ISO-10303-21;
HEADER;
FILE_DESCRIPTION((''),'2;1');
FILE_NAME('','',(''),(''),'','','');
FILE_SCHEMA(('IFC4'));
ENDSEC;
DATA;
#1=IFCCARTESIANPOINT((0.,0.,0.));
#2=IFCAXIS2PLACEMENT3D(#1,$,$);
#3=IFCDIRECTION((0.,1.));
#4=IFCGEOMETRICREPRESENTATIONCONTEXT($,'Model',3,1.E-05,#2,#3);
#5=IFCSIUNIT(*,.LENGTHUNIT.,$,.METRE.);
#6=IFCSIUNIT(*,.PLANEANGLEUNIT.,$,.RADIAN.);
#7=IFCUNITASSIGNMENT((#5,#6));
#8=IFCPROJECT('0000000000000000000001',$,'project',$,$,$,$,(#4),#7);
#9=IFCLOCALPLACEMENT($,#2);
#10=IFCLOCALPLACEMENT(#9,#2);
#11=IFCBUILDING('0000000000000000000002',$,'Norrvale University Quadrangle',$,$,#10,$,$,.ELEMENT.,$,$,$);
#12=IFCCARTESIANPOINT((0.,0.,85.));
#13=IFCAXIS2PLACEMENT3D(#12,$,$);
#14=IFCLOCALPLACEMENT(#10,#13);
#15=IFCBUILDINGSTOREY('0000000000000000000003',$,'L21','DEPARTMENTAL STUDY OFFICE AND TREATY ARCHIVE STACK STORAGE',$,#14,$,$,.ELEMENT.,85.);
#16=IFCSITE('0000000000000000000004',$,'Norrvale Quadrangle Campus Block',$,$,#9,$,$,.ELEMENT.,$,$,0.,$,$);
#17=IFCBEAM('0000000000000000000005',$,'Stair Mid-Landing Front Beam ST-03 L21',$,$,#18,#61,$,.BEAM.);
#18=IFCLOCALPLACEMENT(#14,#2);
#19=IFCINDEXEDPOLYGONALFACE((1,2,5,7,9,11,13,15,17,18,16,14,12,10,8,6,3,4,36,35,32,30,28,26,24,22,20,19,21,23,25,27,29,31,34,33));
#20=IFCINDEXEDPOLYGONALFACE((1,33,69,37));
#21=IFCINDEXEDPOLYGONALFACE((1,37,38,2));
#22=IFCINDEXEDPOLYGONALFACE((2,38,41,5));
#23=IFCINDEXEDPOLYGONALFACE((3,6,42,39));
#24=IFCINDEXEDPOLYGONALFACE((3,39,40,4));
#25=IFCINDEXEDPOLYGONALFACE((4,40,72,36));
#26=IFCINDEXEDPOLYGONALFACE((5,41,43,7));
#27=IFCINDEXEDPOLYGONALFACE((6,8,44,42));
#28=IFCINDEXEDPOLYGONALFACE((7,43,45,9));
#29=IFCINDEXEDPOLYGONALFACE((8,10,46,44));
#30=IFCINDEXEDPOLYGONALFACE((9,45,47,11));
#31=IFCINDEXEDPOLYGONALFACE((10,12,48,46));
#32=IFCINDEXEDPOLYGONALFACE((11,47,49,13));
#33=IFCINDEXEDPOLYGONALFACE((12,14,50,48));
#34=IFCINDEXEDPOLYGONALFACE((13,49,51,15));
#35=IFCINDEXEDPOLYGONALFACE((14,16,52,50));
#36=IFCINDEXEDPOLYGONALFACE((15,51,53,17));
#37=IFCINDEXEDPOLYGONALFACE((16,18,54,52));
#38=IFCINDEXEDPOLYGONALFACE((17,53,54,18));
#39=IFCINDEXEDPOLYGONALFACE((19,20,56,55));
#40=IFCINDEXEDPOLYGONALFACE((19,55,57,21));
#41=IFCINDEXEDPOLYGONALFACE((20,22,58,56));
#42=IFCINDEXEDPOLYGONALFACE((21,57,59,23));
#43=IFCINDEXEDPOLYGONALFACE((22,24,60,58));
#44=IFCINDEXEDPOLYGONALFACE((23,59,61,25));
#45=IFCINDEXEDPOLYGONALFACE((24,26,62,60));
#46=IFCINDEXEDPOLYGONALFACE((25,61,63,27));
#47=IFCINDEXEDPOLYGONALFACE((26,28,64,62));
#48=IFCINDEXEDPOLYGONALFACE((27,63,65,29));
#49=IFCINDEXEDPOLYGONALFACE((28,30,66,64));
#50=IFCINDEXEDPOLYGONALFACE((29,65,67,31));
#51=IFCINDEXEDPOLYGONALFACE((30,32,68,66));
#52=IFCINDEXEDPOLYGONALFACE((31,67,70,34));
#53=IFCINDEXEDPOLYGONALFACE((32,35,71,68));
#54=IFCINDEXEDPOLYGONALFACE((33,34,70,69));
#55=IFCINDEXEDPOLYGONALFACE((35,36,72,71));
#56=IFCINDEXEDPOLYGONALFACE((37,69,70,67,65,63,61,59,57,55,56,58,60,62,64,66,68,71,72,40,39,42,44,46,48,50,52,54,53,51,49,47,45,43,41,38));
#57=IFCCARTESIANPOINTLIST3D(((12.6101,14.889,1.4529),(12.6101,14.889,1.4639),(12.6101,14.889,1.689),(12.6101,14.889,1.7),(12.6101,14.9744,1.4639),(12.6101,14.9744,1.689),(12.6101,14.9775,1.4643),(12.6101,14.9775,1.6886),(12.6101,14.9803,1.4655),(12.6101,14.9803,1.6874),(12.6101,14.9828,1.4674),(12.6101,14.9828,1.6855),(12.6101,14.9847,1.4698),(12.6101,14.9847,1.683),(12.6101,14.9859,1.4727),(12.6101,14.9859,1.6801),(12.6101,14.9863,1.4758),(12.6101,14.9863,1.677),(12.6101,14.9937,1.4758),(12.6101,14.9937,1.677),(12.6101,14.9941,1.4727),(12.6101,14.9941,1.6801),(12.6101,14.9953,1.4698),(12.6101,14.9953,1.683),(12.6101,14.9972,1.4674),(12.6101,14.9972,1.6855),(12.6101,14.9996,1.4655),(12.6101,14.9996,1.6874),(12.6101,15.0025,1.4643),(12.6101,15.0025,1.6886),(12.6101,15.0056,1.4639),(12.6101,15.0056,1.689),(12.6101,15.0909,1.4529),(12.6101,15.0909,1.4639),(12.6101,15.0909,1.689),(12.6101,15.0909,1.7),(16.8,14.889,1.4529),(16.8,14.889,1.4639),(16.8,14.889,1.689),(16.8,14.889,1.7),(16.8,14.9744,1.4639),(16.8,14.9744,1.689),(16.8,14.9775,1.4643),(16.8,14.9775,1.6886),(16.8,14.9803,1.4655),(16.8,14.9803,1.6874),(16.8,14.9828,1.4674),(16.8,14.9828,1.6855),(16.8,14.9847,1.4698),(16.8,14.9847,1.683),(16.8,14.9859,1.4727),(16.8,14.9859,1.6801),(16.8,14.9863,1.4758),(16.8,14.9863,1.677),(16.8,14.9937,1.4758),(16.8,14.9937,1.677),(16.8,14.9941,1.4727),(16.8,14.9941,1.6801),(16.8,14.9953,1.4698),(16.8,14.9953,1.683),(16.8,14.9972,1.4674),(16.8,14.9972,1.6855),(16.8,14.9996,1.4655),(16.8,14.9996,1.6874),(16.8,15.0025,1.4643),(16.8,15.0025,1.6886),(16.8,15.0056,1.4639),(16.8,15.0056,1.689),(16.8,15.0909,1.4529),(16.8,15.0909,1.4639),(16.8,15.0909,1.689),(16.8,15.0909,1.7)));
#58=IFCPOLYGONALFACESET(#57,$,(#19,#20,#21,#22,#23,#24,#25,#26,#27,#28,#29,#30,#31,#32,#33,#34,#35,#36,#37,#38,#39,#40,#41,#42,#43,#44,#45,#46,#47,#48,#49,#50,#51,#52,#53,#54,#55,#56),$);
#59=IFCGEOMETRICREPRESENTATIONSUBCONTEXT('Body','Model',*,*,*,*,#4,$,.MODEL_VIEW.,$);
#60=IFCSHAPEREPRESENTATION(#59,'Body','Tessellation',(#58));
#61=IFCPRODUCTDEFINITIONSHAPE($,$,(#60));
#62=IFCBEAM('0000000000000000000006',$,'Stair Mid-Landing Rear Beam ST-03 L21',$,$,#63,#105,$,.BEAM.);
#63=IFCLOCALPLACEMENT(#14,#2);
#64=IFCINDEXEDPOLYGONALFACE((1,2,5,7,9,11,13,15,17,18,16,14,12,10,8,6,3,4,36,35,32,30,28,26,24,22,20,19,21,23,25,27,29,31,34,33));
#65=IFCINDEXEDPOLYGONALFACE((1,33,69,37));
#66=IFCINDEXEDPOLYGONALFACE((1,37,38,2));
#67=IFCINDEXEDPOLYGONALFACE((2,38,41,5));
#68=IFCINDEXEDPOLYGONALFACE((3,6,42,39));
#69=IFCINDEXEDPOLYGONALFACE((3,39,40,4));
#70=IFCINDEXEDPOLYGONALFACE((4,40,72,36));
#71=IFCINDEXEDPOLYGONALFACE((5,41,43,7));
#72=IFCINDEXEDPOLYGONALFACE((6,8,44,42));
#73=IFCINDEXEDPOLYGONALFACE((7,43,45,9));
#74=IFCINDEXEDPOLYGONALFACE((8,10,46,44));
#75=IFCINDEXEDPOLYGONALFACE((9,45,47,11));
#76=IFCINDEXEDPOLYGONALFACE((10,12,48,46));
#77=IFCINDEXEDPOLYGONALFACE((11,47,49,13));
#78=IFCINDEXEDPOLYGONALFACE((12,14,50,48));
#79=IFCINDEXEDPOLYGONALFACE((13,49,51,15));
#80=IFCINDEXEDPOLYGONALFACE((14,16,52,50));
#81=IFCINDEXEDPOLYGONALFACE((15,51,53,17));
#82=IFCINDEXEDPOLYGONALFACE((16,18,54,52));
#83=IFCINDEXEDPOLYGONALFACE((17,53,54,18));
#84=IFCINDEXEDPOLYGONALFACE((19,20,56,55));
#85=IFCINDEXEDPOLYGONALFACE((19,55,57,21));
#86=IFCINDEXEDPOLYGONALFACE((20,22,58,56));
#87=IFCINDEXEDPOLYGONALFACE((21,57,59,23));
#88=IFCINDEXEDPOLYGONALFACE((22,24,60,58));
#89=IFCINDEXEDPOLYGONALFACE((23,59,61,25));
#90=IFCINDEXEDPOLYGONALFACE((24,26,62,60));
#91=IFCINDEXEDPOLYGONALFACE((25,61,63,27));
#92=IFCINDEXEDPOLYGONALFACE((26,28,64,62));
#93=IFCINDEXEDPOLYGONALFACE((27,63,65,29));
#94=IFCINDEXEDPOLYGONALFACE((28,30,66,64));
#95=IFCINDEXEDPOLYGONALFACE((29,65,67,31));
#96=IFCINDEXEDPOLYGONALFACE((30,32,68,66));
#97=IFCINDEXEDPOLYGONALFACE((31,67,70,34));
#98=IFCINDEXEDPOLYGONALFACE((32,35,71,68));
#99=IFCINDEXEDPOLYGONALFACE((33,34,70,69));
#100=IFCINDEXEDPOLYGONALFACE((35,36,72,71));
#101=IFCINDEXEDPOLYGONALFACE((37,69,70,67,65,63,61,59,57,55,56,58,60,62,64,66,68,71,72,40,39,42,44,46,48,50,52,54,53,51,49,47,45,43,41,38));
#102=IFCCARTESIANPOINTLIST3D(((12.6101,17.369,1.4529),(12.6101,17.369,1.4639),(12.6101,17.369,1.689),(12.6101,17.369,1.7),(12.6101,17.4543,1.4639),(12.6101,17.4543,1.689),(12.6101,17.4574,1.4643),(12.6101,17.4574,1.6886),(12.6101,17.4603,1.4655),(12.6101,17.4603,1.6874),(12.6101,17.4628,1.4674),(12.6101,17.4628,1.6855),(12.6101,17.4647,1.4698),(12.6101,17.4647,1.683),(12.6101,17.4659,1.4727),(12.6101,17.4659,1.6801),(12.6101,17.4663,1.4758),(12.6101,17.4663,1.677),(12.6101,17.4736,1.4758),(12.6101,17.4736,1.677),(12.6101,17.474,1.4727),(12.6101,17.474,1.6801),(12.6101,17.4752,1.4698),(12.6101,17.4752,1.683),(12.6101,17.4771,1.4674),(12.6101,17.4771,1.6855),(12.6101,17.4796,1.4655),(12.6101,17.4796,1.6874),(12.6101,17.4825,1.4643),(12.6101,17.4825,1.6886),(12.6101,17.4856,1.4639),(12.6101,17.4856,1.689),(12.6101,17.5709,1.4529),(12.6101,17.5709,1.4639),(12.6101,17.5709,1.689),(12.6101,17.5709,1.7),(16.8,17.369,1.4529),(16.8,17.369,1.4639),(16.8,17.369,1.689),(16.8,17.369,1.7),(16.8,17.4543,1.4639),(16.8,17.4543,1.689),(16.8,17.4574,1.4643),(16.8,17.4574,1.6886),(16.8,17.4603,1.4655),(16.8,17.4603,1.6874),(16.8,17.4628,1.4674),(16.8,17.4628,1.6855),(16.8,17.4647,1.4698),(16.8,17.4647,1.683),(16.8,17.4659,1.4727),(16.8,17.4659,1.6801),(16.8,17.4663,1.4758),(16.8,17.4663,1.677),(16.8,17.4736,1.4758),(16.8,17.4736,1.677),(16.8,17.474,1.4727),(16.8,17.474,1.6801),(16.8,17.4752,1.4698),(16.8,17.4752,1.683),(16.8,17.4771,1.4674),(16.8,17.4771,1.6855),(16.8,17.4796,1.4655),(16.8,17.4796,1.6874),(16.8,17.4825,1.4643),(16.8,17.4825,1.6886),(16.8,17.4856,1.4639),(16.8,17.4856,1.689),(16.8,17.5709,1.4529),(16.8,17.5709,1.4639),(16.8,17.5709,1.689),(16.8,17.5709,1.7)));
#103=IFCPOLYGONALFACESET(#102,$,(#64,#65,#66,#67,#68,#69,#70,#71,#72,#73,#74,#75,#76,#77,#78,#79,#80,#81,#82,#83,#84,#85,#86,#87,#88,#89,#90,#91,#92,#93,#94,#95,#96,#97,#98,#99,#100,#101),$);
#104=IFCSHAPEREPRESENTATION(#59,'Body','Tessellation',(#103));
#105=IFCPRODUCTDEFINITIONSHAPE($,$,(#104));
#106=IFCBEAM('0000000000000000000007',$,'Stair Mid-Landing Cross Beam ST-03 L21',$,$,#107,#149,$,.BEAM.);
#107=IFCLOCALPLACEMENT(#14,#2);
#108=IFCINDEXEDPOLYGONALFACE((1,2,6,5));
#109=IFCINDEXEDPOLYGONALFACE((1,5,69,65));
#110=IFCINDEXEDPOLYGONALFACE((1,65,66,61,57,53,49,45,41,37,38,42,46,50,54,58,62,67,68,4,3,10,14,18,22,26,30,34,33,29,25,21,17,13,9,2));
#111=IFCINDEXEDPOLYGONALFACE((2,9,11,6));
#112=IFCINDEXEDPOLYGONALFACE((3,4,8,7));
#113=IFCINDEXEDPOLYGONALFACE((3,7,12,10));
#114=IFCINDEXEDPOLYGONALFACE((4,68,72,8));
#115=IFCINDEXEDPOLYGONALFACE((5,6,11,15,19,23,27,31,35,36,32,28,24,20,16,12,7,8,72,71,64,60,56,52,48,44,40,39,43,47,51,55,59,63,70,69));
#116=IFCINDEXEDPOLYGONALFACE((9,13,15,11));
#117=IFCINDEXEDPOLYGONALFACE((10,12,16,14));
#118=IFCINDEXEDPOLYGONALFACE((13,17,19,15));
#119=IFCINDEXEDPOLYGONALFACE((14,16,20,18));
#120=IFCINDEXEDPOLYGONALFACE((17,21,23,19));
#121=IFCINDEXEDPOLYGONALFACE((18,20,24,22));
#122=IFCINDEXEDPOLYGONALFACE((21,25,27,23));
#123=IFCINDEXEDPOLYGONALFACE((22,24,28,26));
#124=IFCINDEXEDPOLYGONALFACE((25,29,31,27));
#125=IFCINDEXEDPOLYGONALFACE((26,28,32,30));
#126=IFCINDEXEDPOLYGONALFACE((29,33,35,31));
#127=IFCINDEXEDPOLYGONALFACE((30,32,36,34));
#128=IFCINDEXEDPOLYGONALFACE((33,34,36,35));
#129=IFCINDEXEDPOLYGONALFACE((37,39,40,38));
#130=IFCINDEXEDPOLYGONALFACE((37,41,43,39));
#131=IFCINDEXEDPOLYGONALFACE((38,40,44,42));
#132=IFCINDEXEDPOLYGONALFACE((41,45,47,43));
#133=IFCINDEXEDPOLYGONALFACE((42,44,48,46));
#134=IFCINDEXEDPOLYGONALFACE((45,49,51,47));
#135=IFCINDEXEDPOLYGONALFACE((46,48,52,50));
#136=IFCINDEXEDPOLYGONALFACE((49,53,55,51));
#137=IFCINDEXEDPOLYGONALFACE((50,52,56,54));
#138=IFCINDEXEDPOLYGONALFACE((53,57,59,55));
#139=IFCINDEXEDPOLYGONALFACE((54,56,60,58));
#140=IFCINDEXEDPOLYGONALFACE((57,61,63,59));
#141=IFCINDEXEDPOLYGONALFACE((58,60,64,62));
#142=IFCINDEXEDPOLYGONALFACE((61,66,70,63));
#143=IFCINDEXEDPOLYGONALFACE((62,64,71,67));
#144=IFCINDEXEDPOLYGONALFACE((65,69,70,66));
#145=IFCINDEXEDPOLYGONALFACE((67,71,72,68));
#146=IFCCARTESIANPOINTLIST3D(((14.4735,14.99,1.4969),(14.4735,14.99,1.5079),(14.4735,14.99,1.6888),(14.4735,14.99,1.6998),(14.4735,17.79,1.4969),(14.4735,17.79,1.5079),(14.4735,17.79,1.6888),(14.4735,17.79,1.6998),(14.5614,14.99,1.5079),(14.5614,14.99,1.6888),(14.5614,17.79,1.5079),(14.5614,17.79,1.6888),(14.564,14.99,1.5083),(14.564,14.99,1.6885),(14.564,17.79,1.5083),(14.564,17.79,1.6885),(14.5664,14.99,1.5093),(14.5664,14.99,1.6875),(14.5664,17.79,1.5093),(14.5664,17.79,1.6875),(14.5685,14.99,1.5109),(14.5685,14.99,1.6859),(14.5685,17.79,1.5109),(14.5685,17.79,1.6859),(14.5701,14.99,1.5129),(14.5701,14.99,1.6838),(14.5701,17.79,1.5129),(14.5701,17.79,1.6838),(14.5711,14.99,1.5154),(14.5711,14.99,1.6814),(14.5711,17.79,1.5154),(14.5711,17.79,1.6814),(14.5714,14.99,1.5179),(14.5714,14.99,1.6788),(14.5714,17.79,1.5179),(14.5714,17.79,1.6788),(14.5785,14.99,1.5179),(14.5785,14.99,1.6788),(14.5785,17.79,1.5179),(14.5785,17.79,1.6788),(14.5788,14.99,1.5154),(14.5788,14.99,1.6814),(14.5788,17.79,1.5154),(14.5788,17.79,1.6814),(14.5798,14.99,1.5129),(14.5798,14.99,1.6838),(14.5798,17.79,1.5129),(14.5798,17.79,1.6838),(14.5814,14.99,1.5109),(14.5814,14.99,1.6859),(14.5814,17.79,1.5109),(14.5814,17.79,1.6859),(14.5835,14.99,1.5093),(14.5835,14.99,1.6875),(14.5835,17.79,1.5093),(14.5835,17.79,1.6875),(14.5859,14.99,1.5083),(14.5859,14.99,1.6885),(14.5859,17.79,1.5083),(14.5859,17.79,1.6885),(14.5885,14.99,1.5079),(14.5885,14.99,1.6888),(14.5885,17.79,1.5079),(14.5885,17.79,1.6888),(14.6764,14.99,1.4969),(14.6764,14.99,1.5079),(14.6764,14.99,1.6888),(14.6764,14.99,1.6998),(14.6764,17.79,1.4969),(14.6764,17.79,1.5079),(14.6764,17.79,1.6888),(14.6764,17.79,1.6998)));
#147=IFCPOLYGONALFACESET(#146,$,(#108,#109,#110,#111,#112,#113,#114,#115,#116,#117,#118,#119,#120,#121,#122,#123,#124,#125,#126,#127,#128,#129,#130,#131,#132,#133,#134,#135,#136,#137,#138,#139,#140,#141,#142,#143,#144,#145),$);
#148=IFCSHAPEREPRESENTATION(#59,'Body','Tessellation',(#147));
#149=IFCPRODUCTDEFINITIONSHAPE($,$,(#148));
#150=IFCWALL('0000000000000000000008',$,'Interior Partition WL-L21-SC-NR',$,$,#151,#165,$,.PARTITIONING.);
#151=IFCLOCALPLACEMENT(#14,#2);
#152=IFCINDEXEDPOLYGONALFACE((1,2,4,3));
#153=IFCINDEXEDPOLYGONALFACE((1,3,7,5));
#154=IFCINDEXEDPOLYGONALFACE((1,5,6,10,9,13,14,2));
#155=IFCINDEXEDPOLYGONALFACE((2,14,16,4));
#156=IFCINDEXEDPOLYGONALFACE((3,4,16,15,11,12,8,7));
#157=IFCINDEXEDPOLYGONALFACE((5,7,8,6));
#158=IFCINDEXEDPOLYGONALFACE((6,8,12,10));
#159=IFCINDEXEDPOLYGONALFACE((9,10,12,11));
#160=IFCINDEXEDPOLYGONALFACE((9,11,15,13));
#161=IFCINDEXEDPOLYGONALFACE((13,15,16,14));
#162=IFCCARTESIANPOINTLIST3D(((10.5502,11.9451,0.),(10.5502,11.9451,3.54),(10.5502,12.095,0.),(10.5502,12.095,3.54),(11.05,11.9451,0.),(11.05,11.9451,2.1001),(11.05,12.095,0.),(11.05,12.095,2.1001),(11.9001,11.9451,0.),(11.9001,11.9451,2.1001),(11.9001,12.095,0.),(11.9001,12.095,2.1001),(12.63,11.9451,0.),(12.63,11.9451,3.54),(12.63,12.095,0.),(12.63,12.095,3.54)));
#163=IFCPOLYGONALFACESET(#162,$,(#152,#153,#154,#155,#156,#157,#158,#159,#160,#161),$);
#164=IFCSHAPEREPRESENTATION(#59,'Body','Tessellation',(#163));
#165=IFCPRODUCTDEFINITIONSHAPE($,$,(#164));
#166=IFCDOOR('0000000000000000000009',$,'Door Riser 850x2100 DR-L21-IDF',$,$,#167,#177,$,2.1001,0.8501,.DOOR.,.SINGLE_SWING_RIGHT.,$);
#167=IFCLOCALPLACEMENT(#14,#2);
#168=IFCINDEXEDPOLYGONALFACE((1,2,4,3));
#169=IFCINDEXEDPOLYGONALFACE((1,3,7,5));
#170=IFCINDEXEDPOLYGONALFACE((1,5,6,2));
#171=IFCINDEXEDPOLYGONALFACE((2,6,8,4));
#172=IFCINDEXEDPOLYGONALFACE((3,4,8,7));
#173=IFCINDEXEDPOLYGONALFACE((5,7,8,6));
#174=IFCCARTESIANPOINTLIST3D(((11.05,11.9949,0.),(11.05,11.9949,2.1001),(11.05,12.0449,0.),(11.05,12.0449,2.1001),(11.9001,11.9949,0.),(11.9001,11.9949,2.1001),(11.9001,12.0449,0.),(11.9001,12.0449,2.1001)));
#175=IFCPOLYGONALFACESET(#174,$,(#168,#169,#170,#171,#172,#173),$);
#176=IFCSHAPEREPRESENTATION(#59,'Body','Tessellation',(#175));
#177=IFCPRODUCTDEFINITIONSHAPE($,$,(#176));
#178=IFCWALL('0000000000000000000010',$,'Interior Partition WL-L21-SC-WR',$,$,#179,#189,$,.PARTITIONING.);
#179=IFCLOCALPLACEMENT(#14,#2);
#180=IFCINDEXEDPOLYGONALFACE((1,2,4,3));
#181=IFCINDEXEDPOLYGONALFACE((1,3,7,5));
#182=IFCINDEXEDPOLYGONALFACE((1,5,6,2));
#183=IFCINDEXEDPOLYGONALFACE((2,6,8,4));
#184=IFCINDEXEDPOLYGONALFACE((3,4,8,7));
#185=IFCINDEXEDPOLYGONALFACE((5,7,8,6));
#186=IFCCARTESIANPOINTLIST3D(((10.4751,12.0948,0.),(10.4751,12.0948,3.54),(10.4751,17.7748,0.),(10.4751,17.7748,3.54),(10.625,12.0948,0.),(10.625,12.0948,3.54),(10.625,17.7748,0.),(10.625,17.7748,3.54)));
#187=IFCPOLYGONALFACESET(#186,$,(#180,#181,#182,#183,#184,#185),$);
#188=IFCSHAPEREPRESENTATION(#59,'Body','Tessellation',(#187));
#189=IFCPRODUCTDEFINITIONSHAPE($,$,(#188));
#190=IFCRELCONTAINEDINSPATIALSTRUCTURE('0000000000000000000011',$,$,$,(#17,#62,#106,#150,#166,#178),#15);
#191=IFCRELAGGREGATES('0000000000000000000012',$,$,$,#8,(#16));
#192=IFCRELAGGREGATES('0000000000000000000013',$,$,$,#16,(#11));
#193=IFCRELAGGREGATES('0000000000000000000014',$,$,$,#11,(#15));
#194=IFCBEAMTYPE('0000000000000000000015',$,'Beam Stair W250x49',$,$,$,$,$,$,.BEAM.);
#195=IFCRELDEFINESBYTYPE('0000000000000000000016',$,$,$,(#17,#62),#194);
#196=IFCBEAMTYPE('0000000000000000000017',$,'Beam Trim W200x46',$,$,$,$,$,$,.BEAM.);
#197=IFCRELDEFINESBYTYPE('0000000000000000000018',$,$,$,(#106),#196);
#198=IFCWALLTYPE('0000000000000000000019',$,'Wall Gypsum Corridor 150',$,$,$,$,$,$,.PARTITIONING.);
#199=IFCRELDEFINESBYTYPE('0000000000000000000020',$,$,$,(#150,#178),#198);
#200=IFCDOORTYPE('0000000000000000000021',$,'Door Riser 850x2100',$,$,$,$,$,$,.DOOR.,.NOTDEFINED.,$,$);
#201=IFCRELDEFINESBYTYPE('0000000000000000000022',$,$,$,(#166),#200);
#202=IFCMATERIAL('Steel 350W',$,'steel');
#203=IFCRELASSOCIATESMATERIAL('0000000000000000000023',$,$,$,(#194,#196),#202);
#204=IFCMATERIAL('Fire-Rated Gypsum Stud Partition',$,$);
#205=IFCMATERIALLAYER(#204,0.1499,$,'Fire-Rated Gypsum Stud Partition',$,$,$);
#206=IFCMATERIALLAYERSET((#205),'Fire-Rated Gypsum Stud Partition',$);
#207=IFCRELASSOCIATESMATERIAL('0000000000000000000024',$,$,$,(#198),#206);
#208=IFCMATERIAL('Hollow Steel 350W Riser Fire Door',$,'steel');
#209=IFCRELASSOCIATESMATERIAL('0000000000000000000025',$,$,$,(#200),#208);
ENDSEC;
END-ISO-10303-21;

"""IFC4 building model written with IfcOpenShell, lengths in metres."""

from ifc_helpers import new_model, si_unit, direction, frame, frame_2d, origin, origin_2d, place, context, subcontext, project, spatial, rectangle, i_section, extrude, material, layer, layer_set, material_profile, profile_set, type_object, element, fill, save


model = new_model("IFC4")

# Units and contexts
model_context = context("Model", 3, precision=1e-05, world=origin(), true_north=direction((0.0, 1.0)))
body_context = subcontext(model_context, "Body", "Model", "MODEL_VIEW")
ifc_project = project(units=[si_unit("LENGTHUNIT", "METRE"), si_unit("PLANEANGLEUNIT", "RADIAN")], contexts=[model_context])

# Site, building, storey
site_placement = place(None, origin())
site = spatial("IfcSite", under=ifc_project, at=site_placement, Name="Norrvale Quadrangle Campus Block", CompositionType="ELEMENT", RefElevation=0.0)
building_placement = place(site_placement, origin())
building = spatial("IfcBuilding", under=site, at=building_placement, Name="Norrvale University Quadrangle", CompositionType="ELEMENT")
storey_placement = place(building_placement, frame((0.0, 0.0, 85.0)))
storey = spatial("IfcBuildingStorey", under=building, at=storey_placement, Name="L21", Description="DEPARTMENTAL STUDY OFFICE AND TREATY ARCHIVE STACK STORAGE", CompositionType="ELEMENT", Elevation=85.0)

# Beams
ifc_material_1 = material(Name="Steel 350W", Category="steel")
ifc_material_profile_1 = material_profile(ifc_material_1, i_section(OverallWidth=0.2019, OverallDepth=0.2471, WebThickness=0.0073, FlangeThickness=0.011, FilletRadius=0.012, at=origin_2d()), Name="Steel 350W")
ifc_profile_set_1 = profile_set([ifc_material_profile_1], Name="Steel 350W")
beam_type_1 = type_object("IfcBeamType", Name="Beam Stair W250x49", PredefinedType="BEAM", material=ifc_profile_set_1)
for number, where, z_axis, x_axis, name in (
    (1, (12.6101, 14.99, 1.5764), (1.0, 0.0, 0.0), (0.0, 1.0, 0.0), "Stair Mid-Landing Front Beam ST-03 L21"),
    (2, (12.6101, 17.47, 1.5764), (1.0, 0.0, 0.0), (0.0, 1.0, 0.0), "Stair Mid-Landing Rear Beam ST-03 L21"),
):
    element("IfcBeam", number, at=place(storey_placement, frame(where, z_axis=z_axis, x_axis=x_axis)), inside=storey, type_object=beam_type_1, Name=name, PredefinedType="BEAM", context=body_context, shape_type="SweptSolid", body=[
        extrude(i_section(OverallWidth=0.2019, OverallDepth=0.2471, WebThickness=0.0073, FlangeThickness=0.011, FilletRadius=0.012, at=origin_2d()), origin(), (0.0, 0.0, 1.0), 4.1899),
    ])
ifc_material_profile_2 = material_profile(ifc_material_1, i_section(OverallWidth=0.2029, OverallDepth=0.2029, WebThickness=0.0071, FlangeThickness=0.011, FilletRadius=0.01, at=origin_2d()), Name="Steel 350W")
ifc_profile_set_2 = profile_set([ifc_material_profile_2], Name="Steel 350W")
beam_type_2 = type_object("IfcBeamType", Name="Beam Trim W200x46", PredefinedType="BEAM", material=ifc_profile_set_2)
beam_placement = place(storey_placement, frame((14.575, 14.99, 1.5984), z_axis=(0.0, 1.0, 0.0), x_axis=(-1.0, 0.0, 0.0)))
element("IfcBeam", 3, at=beam_placement, inside=storey, type_object=beam_type_2, Name="Stair Mid-Landing Cross Beam ST-03 L21", PredefinedType="BEAM", context=body_context, shape_type="SweptSolid", body=[
    extrude(i_section(OverallWidth=0.2029, OverallDepth=0.2029, WebThickness=0.0071, FlangeThickness=0.011, FilletRadius=0.01, at=origin_2d()), origin(), (0.0, 0.0, 1.0), 2.8),
])

# Wall, opening, door
ifc_material_2 = material(Name="Fire-Rated Gypsum Stud Partition")
ifc_layer_1 = layer(ifc_material_2, 0.1499, Name="Fire-Rated Gypsum Stud Partition")
ifc_layer_set_1 = layer_set([ifc_layer_1], Name="Fire-Rated Gypsum Stud Partition")
wall_type_1 = type_object("IfcWallType", Name="Wall Gypsum Corridor 150", PredefinedType="PARTITIONING", material=ifc_layer_set_1)
wall_1_placement = place(storey_placement, frame((10.55, 12.02, 0.0), z_axis=(0.0, 0.0, 1.0), x_axis=(1.0, 0.0, 0.0)))
wall_1 = element("IfcWall", 4, at=wall_1_placement, inside=storey, type_object=wall_type_1, Name="Interior Partition WL-L21-SC-NR", PredefinedType="PARTITIONING", context=body_context, shape_type="SweptSolid", body=[
    extrude(rectangle(XDim=2.0798, YDim=0.1499, at=frame_2d((1.04, 0.0))), origin(), (0.0, 0.0, 1.0), 3.54),
])
opening_1_placement = place(wall_1_placement, frame((0.5, 0.0, 0.0)))
opening_1 = element("IfcOpeningElement", 5, at=opening_1_placement, cuts=wall_1, PredefinedType="OPENING", context=body_context, shape_type="SweptSolid", body=[
    extrude(rectangle(XDim=0.8501, YDim=2.1001, at=frame_2d((0.425, 1.05))), frame((0.0, 0.0869, 0.0), z_axis=(0.0, -1.0, 0.0), x_axis=(1.0, 0.0, 0.0)), (0.0, 0.0, 1.0), 0.1738),
])
ifc_material_3 = material(Name="Hollow Steel 350W Riser Fire Door", Category="steel")
door_type_1 = type_object("IfcDoorType", Name="Door Riser 850x2100", OperationType="NOTDEFINED", PredefinedType="DOOR", material=ifc_material_3)
door_1_placement = place(opening_1_placement, origin())
door_1 = element("IfcDoor", 6, at=door_1_placement, inside=storey, type_object=door_type_1, Name="Door Riser 850x2100 DR-L21-IDF", OperationType="SINGLE_SWING_RIGHT", OverallHeight=2.1001, OverallWidth=0.8501, PredefinedType="DOOR", context=body_context, shape_type="SweptSolid", body=[
    extrude(rectangle(XDim=0.8501, YDim=2.1001, at=frame_2d((0.425, 1.05))), frame((0.0, 0.0249, 0.0), z_axis=(0.0, -1.0, 0.0), x_axis=(1.0, 0.0, 0.0)), (0.0, 0.0, 1.0), 0.05),
])
fill(opening_1, door_1)

# Wall
wall_2_placement = place(storey_placement, frame((10.55, 12.095, 0.0), z_axis=(0.0, 0.0, 1.0), x_axis=(0.0, 1.0, 0.0)))
element("IfcWall", 7, at=wall_2_placement, inside=storey, type_object=wall_type_1, Name="Interior Partition WL-L21-SC-WR", PredefinedType="PARTITIONING", context=body_context, shape_type="SweptSolid", body=[
    extrude(rectangle(XDim=5.6799, YDim=0.1499, at=frame_2d((2.8398, 0.0))), origin(), (0.0, 0.0, 1.0), 3.54),
])

save(model, "model.ifc")
